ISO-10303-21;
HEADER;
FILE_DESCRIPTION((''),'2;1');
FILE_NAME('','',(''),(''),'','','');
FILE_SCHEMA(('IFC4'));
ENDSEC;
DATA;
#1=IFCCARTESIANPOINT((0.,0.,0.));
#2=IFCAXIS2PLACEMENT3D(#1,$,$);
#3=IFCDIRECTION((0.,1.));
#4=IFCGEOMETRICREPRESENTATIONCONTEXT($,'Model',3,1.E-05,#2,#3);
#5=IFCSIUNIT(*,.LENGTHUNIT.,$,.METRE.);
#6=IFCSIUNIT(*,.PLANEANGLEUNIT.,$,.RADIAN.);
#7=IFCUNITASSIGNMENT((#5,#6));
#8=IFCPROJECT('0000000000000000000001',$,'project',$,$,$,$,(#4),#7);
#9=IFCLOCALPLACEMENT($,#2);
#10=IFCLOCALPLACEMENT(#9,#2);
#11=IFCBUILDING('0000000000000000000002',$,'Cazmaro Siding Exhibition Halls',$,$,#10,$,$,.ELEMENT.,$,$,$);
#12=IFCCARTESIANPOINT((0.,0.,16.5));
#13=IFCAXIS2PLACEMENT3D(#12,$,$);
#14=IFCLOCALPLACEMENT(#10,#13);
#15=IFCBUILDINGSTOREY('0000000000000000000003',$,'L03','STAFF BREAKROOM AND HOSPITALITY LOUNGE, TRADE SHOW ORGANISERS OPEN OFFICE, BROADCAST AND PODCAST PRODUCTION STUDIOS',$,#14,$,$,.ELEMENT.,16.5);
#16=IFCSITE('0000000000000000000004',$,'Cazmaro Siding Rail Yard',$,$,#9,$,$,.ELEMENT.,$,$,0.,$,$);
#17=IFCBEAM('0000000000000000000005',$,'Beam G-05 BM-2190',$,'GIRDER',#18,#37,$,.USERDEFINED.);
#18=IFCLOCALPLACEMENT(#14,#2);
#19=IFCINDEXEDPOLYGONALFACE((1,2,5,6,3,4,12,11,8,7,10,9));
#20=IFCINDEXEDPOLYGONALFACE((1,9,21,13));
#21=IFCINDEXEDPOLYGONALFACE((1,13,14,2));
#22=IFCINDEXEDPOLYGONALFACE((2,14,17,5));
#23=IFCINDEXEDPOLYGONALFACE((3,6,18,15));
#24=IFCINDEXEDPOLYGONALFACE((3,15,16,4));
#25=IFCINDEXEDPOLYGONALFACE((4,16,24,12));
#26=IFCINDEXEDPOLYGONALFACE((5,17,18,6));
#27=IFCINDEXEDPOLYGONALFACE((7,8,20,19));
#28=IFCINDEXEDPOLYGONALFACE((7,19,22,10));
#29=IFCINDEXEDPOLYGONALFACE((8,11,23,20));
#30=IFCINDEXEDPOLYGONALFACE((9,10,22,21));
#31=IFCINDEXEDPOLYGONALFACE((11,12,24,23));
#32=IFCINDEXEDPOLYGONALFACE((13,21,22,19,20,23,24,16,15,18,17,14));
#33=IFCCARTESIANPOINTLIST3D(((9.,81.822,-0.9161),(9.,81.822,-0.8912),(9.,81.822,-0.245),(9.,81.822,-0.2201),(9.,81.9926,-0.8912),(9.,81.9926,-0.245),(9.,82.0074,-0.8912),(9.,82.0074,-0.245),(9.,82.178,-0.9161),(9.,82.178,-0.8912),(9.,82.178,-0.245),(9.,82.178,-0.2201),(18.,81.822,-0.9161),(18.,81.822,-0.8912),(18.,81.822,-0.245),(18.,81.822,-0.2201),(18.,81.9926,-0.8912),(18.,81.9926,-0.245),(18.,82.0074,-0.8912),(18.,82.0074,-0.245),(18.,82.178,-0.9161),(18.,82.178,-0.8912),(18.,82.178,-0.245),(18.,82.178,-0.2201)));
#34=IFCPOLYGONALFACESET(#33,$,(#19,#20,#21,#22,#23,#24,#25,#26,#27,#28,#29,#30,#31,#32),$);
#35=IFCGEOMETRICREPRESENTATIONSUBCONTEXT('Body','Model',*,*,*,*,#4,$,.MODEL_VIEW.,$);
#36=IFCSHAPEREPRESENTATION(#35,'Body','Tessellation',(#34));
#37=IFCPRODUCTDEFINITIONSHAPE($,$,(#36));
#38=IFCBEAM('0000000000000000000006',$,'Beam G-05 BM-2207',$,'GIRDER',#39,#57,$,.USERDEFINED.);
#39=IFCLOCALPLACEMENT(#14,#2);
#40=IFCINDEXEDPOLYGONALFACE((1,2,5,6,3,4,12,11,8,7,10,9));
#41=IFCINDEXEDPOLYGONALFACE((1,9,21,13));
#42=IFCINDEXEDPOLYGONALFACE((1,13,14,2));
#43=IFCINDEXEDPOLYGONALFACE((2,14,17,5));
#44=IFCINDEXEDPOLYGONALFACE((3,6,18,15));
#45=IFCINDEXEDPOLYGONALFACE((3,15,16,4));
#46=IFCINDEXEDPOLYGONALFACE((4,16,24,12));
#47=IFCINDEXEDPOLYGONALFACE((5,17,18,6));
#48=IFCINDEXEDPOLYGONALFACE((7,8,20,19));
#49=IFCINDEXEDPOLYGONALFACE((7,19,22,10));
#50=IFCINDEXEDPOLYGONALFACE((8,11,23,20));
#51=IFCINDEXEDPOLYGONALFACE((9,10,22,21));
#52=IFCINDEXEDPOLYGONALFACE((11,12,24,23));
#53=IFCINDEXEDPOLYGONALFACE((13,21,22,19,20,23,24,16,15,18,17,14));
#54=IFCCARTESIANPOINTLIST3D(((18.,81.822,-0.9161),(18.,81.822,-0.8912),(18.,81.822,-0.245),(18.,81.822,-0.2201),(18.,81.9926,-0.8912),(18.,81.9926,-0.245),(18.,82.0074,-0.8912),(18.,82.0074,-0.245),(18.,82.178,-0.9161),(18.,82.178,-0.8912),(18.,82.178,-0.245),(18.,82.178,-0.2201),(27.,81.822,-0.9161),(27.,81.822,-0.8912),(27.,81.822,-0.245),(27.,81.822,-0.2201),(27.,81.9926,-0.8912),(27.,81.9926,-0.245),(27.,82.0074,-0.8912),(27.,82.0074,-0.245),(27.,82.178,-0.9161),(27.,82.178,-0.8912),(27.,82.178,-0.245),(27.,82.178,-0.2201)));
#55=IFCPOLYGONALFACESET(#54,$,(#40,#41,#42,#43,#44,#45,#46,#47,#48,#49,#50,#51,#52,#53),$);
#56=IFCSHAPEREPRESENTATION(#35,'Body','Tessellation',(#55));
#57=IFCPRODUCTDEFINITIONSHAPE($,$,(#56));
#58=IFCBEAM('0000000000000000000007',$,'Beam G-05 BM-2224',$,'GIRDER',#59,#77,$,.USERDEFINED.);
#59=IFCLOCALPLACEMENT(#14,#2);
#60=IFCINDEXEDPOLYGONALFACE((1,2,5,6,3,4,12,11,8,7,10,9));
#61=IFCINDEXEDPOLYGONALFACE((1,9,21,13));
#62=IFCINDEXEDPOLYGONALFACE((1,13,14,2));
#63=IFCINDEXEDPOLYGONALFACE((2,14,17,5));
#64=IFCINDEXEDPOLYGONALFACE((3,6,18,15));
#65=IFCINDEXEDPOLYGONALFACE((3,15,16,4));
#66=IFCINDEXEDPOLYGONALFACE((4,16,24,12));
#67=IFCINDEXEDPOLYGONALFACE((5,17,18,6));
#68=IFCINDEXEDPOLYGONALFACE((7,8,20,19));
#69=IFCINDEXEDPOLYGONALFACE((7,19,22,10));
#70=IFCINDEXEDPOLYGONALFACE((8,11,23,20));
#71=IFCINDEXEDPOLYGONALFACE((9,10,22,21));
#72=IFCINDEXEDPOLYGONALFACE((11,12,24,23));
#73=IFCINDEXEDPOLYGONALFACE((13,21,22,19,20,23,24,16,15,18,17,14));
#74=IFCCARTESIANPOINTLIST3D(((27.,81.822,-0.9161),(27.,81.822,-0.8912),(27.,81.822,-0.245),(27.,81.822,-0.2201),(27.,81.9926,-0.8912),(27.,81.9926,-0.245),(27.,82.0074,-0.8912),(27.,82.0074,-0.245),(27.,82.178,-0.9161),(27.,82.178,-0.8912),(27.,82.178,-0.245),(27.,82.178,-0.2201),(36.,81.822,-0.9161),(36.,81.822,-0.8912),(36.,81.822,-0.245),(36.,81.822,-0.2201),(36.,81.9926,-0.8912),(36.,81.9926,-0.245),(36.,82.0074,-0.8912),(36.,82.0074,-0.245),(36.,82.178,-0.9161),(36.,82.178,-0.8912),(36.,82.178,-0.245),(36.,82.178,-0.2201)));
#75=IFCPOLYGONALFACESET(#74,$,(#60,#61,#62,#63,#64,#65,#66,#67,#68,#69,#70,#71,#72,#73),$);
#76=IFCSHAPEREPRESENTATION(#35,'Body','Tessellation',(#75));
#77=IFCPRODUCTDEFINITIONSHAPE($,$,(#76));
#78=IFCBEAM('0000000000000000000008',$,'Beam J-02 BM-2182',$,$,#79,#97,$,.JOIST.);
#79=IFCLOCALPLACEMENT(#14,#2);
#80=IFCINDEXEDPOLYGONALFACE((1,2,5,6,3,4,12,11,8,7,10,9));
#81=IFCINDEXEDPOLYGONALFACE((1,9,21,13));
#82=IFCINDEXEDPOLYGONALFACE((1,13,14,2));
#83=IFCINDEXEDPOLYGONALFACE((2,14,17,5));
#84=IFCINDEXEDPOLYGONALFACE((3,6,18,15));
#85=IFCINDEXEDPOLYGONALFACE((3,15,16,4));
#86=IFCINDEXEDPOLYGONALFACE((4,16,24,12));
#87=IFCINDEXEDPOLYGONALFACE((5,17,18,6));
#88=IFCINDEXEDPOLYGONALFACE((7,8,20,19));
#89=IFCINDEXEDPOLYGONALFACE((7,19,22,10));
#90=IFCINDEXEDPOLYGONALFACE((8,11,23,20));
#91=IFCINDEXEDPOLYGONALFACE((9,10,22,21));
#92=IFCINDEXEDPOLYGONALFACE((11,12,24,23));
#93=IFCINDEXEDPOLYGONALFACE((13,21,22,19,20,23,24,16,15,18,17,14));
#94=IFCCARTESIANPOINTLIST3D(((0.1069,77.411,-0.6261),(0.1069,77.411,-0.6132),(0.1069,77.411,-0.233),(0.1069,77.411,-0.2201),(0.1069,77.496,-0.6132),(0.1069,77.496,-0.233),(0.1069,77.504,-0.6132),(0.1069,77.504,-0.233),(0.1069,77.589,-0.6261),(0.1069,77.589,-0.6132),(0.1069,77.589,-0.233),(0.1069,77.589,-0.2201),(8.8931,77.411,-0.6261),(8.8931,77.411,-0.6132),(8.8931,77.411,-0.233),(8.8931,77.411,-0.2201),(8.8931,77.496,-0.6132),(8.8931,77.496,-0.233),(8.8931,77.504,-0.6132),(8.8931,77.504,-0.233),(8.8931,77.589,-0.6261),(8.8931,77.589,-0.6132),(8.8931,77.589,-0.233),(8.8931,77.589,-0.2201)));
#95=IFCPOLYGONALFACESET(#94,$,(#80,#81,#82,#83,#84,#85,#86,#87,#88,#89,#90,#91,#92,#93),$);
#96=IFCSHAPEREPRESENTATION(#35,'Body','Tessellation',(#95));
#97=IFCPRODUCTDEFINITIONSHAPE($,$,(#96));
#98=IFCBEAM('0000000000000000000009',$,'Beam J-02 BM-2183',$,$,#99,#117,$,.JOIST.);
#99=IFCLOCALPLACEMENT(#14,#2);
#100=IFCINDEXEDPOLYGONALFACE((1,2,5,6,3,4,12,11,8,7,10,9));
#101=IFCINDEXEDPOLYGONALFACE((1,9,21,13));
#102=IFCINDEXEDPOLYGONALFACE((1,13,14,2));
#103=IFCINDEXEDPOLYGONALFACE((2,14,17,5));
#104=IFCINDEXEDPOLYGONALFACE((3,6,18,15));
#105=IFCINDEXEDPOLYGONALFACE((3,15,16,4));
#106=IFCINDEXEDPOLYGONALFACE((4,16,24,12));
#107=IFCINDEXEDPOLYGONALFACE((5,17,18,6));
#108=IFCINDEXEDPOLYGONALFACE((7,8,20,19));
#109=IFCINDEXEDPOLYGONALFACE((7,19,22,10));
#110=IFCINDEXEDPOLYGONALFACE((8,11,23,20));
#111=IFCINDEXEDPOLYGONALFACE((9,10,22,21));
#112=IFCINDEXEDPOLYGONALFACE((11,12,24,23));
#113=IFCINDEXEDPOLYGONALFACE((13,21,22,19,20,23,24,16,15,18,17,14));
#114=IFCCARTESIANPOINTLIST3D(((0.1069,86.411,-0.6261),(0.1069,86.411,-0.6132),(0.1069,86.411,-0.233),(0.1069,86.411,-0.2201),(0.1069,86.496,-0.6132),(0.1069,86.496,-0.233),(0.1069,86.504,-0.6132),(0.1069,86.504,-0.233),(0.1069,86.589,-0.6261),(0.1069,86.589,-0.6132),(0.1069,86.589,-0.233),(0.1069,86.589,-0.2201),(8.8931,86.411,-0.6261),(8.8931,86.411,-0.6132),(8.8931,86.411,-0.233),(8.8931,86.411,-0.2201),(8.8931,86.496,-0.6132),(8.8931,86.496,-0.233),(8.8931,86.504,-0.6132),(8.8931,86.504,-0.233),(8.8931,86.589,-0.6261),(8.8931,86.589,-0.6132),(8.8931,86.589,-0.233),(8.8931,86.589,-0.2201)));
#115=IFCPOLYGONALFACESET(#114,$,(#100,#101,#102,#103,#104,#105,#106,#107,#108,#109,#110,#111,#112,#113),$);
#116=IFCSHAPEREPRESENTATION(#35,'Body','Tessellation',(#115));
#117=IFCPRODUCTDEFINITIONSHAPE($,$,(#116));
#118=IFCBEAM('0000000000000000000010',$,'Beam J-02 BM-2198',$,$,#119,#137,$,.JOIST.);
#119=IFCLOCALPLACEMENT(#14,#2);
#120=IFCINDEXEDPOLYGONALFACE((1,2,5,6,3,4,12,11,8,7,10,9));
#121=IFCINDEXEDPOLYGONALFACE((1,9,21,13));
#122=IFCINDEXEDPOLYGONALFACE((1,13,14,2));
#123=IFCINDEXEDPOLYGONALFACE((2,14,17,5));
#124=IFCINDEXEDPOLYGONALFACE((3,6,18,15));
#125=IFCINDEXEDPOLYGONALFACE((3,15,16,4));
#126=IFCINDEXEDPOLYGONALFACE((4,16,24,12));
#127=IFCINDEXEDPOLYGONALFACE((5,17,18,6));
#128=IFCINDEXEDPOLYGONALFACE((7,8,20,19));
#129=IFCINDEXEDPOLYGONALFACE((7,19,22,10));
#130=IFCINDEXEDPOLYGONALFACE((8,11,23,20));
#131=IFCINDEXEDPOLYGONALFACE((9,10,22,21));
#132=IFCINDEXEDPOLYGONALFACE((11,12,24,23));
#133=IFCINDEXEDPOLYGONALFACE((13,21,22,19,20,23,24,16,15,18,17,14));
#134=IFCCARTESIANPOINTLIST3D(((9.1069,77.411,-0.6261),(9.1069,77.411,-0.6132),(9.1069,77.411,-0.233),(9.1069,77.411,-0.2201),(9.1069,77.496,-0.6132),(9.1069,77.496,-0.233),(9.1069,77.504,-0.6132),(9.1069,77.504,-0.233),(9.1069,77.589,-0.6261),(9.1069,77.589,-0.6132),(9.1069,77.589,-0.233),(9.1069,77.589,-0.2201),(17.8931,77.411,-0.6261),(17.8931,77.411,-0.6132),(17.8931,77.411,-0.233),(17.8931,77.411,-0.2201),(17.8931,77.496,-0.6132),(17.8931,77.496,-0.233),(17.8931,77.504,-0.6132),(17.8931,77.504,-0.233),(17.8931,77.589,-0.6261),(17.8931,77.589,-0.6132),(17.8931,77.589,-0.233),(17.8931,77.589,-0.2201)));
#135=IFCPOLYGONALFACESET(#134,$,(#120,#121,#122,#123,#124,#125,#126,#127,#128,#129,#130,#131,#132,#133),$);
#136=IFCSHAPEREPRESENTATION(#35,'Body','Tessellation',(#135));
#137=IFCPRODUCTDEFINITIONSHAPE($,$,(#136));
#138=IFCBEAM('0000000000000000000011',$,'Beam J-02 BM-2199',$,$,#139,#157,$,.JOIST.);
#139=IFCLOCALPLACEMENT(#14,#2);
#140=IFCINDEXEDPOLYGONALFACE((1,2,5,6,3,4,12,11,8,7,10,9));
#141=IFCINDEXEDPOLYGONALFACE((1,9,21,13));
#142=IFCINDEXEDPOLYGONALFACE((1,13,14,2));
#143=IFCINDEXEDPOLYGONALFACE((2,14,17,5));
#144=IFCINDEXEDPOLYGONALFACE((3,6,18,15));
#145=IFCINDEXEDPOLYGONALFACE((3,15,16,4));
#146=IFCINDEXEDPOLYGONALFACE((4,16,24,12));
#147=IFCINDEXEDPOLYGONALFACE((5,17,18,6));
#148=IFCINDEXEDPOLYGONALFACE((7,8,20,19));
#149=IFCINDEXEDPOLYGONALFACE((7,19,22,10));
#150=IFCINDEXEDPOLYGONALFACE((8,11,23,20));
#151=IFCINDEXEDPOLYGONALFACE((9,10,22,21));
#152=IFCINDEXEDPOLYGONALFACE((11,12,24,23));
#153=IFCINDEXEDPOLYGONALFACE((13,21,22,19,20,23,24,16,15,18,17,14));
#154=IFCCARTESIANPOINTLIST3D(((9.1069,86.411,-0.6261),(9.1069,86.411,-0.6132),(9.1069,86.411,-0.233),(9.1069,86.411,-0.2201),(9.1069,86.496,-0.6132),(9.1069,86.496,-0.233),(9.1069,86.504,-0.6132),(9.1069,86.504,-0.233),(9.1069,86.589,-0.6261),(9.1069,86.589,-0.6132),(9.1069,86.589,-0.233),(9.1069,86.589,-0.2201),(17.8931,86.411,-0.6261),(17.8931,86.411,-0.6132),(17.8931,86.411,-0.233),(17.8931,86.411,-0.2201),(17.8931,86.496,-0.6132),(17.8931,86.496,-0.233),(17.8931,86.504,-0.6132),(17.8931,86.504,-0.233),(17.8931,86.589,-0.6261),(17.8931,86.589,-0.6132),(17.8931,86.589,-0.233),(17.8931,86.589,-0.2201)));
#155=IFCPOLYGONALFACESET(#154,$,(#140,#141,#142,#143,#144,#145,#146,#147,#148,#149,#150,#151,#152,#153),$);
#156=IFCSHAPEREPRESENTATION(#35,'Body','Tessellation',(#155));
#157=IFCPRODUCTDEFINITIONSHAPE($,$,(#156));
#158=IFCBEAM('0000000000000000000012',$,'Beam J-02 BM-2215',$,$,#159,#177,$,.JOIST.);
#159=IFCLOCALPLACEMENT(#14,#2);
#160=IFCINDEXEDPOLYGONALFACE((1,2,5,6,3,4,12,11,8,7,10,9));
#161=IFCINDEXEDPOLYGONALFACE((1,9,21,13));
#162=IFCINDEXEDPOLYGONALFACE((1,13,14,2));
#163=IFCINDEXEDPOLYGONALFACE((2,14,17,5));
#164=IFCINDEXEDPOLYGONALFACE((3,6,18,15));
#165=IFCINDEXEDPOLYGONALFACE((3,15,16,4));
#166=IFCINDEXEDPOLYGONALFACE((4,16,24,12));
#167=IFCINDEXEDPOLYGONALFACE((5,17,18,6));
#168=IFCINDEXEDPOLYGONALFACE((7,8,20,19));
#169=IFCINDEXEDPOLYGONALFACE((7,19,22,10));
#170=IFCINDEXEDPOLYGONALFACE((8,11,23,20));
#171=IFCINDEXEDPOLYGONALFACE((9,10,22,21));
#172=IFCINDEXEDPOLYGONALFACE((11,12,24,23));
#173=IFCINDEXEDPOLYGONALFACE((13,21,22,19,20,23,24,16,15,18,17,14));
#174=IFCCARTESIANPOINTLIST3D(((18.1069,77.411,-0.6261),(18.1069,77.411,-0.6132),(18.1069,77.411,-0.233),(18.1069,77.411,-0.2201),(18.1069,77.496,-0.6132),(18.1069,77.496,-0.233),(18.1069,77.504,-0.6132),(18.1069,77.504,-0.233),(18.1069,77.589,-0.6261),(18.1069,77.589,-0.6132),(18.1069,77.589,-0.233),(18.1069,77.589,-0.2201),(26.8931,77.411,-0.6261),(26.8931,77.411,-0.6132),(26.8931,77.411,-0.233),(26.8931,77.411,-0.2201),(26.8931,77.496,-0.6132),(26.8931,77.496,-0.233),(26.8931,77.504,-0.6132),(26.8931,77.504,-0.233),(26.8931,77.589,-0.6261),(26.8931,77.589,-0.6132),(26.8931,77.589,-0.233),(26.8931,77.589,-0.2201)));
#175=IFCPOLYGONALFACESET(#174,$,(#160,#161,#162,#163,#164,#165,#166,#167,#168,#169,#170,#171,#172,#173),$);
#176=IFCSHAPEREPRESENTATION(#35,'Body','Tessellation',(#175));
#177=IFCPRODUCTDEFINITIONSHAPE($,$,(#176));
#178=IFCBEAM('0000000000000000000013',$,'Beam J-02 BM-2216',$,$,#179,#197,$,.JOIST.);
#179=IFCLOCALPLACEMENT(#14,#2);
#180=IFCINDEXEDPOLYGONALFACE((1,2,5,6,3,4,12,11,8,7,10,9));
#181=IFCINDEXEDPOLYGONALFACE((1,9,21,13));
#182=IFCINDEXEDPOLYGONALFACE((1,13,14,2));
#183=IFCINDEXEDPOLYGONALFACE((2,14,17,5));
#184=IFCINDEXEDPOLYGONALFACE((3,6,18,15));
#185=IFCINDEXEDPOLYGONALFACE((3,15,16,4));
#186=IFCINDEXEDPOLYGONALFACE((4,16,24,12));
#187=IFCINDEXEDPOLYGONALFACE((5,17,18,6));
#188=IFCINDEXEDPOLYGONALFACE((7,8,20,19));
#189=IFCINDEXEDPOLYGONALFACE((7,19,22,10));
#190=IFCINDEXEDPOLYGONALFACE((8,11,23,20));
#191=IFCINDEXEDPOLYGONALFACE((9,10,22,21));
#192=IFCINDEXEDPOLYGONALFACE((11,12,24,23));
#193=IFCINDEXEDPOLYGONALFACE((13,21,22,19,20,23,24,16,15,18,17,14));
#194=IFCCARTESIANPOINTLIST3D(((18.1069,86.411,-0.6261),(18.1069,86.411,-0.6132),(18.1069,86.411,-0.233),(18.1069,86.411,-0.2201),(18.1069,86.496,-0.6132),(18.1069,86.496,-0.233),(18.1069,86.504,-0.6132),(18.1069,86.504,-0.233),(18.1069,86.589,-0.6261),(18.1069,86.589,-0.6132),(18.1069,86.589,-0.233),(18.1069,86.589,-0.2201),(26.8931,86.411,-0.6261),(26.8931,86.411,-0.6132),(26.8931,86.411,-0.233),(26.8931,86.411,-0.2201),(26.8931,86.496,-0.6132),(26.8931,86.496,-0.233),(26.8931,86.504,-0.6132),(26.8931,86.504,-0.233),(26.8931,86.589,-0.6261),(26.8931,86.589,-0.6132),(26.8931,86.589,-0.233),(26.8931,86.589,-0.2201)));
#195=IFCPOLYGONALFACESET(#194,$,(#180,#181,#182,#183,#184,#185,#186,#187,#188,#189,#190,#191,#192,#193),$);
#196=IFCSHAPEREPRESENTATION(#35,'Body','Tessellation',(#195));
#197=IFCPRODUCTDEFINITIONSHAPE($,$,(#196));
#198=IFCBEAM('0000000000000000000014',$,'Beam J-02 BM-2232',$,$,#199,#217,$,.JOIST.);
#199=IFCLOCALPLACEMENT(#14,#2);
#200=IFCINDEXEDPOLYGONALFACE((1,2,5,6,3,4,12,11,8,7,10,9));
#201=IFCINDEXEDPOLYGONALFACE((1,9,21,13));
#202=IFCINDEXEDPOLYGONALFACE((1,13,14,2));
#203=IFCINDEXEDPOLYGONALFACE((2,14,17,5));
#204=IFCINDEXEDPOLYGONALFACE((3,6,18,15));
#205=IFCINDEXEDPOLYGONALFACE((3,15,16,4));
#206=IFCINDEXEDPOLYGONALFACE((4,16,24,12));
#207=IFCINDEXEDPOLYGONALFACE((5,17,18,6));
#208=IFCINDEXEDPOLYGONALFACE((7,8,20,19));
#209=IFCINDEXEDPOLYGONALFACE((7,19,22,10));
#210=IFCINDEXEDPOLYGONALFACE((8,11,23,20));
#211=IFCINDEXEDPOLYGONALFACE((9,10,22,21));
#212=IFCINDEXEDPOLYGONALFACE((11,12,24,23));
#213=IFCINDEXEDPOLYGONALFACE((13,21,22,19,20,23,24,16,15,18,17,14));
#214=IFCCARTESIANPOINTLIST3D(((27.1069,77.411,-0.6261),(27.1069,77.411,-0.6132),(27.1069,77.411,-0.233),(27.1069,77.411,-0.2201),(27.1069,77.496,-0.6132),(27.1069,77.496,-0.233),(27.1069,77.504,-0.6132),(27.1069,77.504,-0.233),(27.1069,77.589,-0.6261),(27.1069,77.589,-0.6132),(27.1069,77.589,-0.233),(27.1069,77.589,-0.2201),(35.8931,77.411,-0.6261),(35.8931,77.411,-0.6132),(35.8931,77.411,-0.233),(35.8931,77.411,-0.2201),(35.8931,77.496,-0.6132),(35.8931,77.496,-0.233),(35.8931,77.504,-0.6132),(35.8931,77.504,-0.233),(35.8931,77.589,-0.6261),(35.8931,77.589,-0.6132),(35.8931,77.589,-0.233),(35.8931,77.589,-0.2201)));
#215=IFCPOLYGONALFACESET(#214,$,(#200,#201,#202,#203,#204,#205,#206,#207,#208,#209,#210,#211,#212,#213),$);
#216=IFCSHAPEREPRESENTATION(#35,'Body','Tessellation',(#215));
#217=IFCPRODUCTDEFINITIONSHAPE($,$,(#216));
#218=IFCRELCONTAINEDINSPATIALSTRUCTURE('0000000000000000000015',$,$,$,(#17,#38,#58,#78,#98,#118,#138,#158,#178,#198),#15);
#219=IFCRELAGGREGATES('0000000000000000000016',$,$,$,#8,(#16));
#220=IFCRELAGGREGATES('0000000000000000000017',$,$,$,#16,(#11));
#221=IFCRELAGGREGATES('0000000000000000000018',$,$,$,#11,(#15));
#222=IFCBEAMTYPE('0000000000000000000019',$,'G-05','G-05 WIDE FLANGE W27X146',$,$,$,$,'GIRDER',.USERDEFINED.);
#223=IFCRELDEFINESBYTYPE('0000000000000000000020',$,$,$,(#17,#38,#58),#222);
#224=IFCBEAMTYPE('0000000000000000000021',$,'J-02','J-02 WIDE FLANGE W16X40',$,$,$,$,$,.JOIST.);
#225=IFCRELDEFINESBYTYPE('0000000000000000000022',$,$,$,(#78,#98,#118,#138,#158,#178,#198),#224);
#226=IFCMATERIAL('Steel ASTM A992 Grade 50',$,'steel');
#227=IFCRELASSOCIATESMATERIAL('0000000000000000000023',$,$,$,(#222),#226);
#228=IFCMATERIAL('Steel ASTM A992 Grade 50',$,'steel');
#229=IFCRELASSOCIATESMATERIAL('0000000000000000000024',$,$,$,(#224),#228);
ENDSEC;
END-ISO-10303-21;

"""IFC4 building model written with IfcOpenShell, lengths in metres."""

from ifc_helpers import new_model, si_unit, direction, frame, origin, origin_2d, place, context, subcontext, project, spatial, i_section, extrude, material, material_profile, profile_set, type_object, element, save


model = new_model("IFC4")

# Units and contexts
model_context = context("Model", 3, precision=1e-05, world=origin(), true_north=direction((0.0, 1.0)))
body_context = subcontext(model_context, "Body", "Model", "MODEL_VIEW")
ifc_project = project(units=[si_unit("LENGTHUNIT", "METRE"), si_unit("PLANEANGLEUNIT", "RADIAN")], contexts=[model_context])

# Site, building, storey
site_placement = place(None, origin())
site = spatial("IfcSite", under=ifc_project, at=site_placement, Name="Cazmaro Siding Rail Yard", CompositionType="ELEMENT", RefElevation=0.0)
building_placement = place(site_placement, origin())
building = spatial("IfcBuilding", under=site, at=building_placement, Name="Cazmaro Siding Exhibition Halls", CompositionType="ELEMENT")
storey_placement = place(building_placement, frame((0.0, 0.0, 16.5)))
storey = spatial("IfcBuildingStorey", under=building, at=storey_placement, Name="L03", Description="STAFF BREAKROOM AND HOSPITALITY LOUNGE, TRADE SHOW ORGANISERS OPEN OFFICE, BROADCAST AND PODCAST PRODUCTION STUDIOS", CompositionType="ELEMENT", Elevation=16.5)

# Beams
ifc_material_1 = material(Name="Steel ASTM A992 Grade 50", Category="steel")
ifc_material_profile_1 = material_profile(ifc_material_1, i_section(OverallWidth=0.356, OverallDepth=0.696, WebThickness=0.0149, FlangeThickness=0.0249, at=origin_2d()), Name="W27X146")
ifc_profile_set_1 = profile_set([ifc_material_profile_1], Name="Steel ASTM A992 Grade 50")
beam_type_1 = type_object("IfcBeamType", Name="G-05", Description="G-05 WIDE FLANGE W27X146", ElementType="GIRDER", PredefinedType="USERDEFINED", material=ifc_profile_set_1)
for number, where, z_axis, x_axis, name in (
    (1, (9.0, 82.0, -0.5681), (1.0, 0.0, 0.0), (0.0, 1.0, 0.0), "Beam G-05 BM-2190"),
    (2, (18.0, 82.0, -0.5681), (1.0, 0.0, 0.0), (0.0, 1.0, 0.0), "Beam G-05 BM-2207"),
    (3, (27.0, 82.0, -0.5681), (1.0, 0.0, 0.0), (0.0, 1.0, 0.0), "Beam G-05 BM-2224"),
):
    element("IfcBeam", number, at=place(storey_placement, frame(where, z_axis=z_axis, x_axis=x_axis)), inside=storey, type_object=beam_type_1, Name=name, ObjectType="GIRDER", PredefinedType="USERDEFINED", context=body_context, shape_type="SweptSolid", body=[
        extrude(i_section(OverallWidth=0.356, OverallDepth=0.696, WebThickness=0.0149, FlangeThickness=0.0249, at=origin_2d()), origin(), (0.0, 0.0, 1.0), 9.0),
    ])
ifc_material_2 = material(Name="Steel ASTM A992 Grade 50", Category="steel")
ifc_material_profile_2 = material_profile(ifc_material_2, i_section(OverallWidth=0.178, OverallDepth=0.406, WebThickness=0.0081, FlangeThickness=0.0129, at=origin_2d()), Name="W16X40")
ifc_profile_set_2 = profile_set([ifc_material_profile_2], Name="Steel ASTM A992 Grade 50")
beam_type_2 = type_object("IfcBeamType", Name="J-02", Description="J-02 WIDE FLANGE W16X40", PredefinedType="JOIST", material=ifc_profile_set_2)
for number, where, z_axis, x_axis, name in (
    (4, (0.1069, 77.5, -0.4231), (1.0, 0.0, 0.0), (0.0, 1.0, 0.0), "Beam J-02 BM-2182"),
    (5, (0.1069, 86.5, -0.4231), (1.0, 0.0, 0.0), (0.0, 1.0, 0.0), "Beam J-02 BM-2183"),
    (6, (9.1069, 77.5, -0.4231), (1.0, 0.0, 0.0), (0.0, 1.0, 0.0), "Beam J-02 BM-2198"),
    (7, (9.1069, 86.5, -0.4231), (1.0, 0.0, 0.0), (0.0, 1.0, 0.0), "Beam J-02 BM-2199"),
    (8, (18.1069, 77.5, -0.4231), (1.0, 0.0, 0.0), (0.0, 1.0, 0.0), "Beam J-02 BM-2215"),
    (9, (18.1069, 86.5, -0.4231), (1.0, 0.0, 0.0), (0.0, 1.0, 0.0), "Beam J-02 BM-2216"),
    (10, (27.1069, 77.5, -0.4231), (1.0, 0.0, 0.0), (0.0, 1.0, 0.0), "Beam J-02 BM-2232"),
):
    element("IfcBeam", number, at=place(storey_placement, frame(where, z_axis=z_axis, x_axis=x_axis)), inside=storey, type_object=beam_type_2, Name=name, PredefinedType="JOIST", context=body_context, shape_type="SweptSolid", body=[
        extrude(i_section(OverallWidth=0.178, OverallDepth=0.406, WebThickness=0.0081, FlangeThickness=0.0129, at=origin_2d()), origin(), (0.0, 0.0, 1.0), 8.7861),
    ])

save(model, "model.ifc")
